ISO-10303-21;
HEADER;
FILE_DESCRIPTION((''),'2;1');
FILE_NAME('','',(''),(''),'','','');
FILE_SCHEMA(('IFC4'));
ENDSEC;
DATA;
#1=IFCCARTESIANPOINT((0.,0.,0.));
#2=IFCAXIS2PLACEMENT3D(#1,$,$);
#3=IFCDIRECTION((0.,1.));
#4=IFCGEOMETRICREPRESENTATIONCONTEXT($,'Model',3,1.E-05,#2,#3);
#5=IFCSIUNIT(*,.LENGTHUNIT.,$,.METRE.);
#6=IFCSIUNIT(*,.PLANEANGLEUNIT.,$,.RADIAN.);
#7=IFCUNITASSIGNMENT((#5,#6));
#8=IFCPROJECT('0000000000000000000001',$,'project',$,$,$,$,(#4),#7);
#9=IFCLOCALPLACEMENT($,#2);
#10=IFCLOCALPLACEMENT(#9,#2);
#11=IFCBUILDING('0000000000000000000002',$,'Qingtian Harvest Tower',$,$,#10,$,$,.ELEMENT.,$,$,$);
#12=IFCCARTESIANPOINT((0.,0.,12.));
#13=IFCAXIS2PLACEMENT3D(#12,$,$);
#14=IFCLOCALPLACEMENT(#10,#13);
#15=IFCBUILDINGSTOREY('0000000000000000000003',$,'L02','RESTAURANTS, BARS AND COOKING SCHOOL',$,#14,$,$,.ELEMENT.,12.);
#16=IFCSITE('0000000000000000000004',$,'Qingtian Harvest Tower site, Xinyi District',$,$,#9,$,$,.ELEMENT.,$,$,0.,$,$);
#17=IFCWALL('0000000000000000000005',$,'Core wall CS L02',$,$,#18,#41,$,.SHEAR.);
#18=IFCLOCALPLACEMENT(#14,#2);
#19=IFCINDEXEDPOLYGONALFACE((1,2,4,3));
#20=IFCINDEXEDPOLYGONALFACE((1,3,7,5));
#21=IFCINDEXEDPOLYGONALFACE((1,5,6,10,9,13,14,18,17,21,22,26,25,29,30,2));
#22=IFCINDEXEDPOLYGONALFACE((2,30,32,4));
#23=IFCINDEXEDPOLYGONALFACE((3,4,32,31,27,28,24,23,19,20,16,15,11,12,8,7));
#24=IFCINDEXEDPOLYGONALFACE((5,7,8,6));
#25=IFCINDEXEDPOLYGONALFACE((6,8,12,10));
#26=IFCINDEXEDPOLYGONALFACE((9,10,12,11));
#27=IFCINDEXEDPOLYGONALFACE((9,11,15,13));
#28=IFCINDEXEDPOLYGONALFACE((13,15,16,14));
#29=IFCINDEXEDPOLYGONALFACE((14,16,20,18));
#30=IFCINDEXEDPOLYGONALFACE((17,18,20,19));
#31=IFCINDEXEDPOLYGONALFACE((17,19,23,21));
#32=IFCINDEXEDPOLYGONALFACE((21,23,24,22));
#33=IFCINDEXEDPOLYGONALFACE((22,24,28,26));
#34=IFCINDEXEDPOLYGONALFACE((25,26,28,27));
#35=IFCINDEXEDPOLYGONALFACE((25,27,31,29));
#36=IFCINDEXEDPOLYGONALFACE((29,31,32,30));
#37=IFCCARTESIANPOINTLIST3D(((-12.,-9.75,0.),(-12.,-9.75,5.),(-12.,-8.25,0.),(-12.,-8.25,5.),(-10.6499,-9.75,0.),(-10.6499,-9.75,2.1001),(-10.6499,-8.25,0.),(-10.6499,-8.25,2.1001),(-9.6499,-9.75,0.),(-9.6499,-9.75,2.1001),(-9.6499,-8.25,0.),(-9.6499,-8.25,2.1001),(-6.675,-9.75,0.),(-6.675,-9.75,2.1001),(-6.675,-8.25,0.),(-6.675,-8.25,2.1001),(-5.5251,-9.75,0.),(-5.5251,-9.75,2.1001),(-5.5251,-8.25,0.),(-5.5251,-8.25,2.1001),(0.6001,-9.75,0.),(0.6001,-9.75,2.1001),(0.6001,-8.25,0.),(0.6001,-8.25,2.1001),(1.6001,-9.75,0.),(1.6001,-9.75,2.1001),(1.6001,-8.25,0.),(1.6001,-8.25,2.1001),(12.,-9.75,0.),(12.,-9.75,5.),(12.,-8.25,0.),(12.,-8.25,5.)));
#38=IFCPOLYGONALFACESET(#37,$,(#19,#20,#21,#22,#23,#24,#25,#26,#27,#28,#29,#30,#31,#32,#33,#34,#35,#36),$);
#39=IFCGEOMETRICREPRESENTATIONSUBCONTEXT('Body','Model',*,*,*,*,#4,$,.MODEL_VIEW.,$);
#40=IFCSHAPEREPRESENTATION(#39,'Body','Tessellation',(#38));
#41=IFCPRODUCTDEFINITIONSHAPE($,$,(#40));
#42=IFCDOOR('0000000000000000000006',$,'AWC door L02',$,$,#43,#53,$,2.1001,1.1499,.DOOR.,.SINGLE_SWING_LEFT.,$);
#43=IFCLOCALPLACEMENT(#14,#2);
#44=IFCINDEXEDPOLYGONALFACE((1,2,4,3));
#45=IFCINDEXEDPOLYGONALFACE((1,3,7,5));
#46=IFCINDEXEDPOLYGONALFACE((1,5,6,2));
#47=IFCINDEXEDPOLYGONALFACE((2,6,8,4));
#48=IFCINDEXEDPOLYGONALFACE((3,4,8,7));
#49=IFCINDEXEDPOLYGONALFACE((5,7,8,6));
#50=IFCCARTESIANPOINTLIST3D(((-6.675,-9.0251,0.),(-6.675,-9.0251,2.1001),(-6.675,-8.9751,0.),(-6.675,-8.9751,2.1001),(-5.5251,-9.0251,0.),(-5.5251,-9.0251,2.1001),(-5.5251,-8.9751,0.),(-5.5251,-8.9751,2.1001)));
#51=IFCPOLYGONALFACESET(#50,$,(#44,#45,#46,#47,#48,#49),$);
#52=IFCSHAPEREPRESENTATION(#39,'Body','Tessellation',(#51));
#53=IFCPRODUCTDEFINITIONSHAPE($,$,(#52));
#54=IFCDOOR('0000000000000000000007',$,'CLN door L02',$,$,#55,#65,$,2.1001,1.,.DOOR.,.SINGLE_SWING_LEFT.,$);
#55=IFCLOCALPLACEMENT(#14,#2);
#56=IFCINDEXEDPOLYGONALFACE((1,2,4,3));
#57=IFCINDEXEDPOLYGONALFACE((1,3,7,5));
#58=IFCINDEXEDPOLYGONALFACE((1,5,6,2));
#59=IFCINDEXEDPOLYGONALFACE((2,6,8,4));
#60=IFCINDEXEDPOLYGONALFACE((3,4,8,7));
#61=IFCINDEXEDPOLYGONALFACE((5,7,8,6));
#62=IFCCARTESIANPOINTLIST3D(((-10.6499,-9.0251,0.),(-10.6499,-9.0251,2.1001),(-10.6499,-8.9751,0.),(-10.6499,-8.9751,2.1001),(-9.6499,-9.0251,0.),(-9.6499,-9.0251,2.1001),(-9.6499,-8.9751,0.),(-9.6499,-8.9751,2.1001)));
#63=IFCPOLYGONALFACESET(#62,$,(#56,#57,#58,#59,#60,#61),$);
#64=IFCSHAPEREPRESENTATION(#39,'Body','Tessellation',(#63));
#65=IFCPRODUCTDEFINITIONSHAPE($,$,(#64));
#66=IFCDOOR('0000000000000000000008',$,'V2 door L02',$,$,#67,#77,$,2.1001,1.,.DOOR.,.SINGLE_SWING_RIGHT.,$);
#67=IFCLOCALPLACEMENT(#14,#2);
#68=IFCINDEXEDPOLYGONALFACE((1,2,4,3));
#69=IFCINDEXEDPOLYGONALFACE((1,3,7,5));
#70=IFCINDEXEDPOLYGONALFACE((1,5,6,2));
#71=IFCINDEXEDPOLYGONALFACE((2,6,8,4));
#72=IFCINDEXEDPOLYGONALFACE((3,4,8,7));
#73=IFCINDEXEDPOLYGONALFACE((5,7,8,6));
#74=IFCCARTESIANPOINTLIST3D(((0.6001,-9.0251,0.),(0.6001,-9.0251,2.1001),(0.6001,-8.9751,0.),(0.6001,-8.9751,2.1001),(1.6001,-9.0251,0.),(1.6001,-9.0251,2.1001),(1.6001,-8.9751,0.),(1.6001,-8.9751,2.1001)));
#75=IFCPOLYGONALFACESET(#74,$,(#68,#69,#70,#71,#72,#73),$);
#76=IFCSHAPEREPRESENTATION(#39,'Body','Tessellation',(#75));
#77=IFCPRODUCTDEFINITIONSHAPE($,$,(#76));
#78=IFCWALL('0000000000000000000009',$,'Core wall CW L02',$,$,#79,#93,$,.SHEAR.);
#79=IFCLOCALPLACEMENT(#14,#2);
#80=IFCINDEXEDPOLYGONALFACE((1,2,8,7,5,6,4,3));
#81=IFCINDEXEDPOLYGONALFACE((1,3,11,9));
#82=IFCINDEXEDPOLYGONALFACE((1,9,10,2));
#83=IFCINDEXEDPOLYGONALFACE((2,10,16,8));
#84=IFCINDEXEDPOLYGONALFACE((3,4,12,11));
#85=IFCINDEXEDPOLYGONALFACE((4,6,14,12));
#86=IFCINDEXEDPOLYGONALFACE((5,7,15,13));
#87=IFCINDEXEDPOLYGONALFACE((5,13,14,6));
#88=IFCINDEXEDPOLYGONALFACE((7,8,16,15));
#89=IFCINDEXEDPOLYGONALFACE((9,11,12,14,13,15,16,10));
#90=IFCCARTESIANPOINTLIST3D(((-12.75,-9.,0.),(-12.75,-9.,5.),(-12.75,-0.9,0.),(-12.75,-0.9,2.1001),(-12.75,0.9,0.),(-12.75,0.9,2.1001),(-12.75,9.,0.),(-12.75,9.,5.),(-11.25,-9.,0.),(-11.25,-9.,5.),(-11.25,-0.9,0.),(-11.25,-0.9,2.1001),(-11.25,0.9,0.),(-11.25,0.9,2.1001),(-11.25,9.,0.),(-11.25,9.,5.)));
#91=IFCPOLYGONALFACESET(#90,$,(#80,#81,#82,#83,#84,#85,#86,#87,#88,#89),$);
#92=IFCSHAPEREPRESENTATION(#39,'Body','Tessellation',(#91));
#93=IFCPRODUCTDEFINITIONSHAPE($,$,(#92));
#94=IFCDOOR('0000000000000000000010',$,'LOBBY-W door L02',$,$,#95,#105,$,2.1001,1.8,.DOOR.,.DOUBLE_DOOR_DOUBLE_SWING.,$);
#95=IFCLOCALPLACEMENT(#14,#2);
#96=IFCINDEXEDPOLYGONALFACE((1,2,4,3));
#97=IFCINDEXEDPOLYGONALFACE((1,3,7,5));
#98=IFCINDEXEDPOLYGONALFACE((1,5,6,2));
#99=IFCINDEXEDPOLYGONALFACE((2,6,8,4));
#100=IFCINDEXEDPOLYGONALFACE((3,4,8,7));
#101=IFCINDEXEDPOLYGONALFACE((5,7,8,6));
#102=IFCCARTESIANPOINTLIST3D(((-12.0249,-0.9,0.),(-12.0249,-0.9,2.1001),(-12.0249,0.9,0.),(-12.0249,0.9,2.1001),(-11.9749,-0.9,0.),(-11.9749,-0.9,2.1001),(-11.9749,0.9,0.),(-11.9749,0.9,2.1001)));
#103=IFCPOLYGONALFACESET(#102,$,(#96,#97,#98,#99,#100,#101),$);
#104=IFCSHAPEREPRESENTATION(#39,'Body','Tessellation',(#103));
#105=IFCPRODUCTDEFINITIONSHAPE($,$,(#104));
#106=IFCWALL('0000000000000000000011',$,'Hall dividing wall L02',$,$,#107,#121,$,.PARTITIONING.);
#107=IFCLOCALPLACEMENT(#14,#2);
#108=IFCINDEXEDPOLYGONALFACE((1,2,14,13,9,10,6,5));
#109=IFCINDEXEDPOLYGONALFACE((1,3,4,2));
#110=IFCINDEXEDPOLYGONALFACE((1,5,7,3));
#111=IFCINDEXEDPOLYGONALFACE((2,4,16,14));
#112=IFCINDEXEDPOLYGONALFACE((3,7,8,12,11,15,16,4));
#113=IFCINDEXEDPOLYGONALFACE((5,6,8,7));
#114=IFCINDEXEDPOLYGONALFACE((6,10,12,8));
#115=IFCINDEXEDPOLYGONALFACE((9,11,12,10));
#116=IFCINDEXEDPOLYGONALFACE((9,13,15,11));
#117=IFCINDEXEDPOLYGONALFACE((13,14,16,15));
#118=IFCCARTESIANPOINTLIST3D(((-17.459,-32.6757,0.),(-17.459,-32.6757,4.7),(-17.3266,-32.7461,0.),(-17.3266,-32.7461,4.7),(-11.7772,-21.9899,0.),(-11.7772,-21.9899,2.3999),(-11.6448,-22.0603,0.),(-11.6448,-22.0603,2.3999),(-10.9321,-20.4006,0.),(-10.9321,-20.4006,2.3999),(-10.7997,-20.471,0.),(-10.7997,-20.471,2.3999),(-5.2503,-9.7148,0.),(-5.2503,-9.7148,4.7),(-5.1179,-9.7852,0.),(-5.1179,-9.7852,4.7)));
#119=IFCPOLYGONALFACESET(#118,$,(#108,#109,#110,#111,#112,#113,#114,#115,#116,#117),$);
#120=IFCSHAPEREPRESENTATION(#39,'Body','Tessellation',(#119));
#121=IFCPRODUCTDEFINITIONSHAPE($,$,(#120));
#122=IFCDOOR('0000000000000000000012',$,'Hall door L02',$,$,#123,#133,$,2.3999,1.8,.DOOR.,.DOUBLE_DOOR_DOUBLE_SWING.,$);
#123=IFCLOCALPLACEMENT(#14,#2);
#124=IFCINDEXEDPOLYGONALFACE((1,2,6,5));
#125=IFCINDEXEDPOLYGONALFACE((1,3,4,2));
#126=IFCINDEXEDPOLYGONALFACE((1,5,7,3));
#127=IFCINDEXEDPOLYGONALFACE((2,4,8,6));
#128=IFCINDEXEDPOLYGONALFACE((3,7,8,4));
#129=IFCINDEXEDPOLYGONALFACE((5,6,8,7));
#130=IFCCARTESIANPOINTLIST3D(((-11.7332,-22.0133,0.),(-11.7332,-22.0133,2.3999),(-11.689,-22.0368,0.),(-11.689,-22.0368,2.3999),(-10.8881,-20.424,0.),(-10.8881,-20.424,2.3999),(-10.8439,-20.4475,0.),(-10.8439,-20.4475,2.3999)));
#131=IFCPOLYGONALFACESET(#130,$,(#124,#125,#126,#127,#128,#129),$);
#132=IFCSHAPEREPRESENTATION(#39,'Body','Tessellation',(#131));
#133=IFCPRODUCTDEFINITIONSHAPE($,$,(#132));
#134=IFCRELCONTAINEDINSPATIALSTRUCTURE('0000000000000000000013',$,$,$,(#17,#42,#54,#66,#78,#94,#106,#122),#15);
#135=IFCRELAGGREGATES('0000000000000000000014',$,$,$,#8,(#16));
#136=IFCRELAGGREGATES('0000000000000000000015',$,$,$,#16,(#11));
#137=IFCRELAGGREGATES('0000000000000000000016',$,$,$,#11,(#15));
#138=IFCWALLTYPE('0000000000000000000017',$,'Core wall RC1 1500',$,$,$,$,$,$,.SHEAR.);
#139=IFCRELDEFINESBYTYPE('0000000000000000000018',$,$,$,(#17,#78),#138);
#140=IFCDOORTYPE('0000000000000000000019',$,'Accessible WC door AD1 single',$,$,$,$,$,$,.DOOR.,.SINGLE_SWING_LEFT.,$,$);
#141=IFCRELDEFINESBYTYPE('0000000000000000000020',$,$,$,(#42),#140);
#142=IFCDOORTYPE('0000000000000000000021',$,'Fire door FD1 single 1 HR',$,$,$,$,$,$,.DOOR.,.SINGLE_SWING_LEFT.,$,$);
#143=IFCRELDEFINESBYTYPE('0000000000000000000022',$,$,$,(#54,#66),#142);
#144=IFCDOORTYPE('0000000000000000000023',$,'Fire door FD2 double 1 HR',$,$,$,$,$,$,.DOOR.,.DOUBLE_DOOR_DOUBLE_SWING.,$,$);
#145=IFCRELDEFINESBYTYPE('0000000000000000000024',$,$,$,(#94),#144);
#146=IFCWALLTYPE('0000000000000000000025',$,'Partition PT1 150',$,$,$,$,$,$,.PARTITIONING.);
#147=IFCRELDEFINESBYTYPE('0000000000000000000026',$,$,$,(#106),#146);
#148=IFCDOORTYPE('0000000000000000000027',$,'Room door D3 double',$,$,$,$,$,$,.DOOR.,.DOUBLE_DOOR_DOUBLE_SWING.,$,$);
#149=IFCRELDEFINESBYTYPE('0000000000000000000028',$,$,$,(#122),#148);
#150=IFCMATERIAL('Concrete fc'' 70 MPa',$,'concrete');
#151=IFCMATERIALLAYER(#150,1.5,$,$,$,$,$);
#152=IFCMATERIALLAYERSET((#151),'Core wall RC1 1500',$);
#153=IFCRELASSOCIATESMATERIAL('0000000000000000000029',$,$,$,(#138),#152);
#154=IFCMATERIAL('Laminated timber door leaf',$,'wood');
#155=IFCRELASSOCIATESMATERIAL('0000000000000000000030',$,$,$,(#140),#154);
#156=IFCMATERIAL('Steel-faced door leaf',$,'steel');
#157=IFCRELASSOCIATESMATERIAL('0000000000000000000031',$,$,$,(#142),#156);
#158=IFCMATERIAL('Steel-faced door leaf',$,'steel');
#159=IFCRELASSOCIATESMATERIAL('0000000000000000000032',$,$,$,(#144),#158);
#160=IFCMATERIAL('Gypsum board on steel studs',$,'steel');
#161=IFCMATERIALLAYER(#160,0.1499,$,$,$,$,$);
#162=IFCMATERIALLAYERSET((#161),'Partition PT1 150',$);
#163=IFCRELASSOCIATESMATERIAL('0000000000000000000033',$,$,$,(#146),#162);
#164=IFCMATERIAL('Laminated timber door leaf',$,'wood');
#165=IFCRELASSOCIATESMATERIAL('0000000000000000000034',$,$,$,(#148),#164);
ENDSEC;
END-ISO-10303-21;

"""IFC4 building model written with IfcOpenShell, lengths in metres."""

from ifc_helpers import new_model, si_unit, direction, frame, frame_2d, origin, place, context, subcontext, project, spatial, rectangle, extrude, material, layer, layer_set, type_object, element, fill, save


model = new_model("IFC4")

# Units and contexts
model_context = context("Model", 3, precision=1e-05, world=origin(), true_north=direction((0.0, 1.0)))
body_context = subcontext(model_context, "Body", "Model", "MODEL_VIEW")
ifc_project = project(units=[si_unit("LENGTHUNIT", "METRE"), si_unit("PLANEANGLEUNIT", "RADIAN")], contexts=[model_context])

# Site, building, storey
site_placement = place(None, origin())
site = spatial("IfcSite", under=ifc_project, at=site_placement, Name="Qingtian Harvest Tower site, Xinyi District", CompositionType="ELEMENT", RefElevation=0.0)
building_placement = place(site_placement, origin())
building = spatial("IfcBuilding", under=site, at=building_placement, Name="Qingtian Harvest Tower", CompositionType="ELEMENT")
storey_placement = place(building_placement, frame((0.0, 0.0, 12.0)))
storey = spatial("IfcBuildingStorey", under=building, at=storey_placement, Name="L02", Description="RESTAURANTS, BARS AND COOKING SCHOOL", CompositionType="ELEMENT", Elevation=12.0)

# Wall, openings, doors
ifc_material_1 = material(Name="Concrete fc' 70 MPa", Category="concrete")
ifc_layer_1 = layer(ifc_material_1, 1.5)
ifc_layer_set_1 = layer_set([ifc_layer_1], Name="Core wall RC1 1500")
wall_type_1 = type_object("IfcWallType", Name="Core wall RC1 1500", PredefinedType="SHEAR", material=ifc_layer_set_1)
wall_1_placement = place(storey_placement, frame((-12.0, -9.0, 0.0), z_axis=(0.0, 0.0, 1.0), x_axis=(1.0, 0.0, 0.0)))
wall_1 = element("IfcWall", 1, at=wall_1_placement, inside=storey, type_object=wall_type_1, Name="Core wall CS L02", PredefinedType="SHEAR", context=body_context, shape_type="SweptSolid", body=[
    extrude(rectangle(XDim=24.0, YDim=1.5, at=frame_2d((12.0, 0.0))), origin(), (0.0, 0.0, 1.0), 5.0),
])
opening_1_placement = place(wall_1_placement, frame((1.3501, 0.0, 0.0)))
opening_1 = element("IfcOpeningElement", 2, at=opening_1_placement, cuts=wall_1, PredefinedType="OPENING", context=body_context, shape_type="SweptSolid", body=[
    extrude(rectangle(XDim=1.0, YDim=2.1001, at=frame_2d((0.5, 1.05))), frame((0.0, 0.76, 0.0), z_axis=(0.0, -1.0, 0.0), x_axis=(1.0, 0.0, 0.0)), (0.0, 0.0, 1.0), 1.52),
])
opening_2_placement = place(wall_1_placement, frame((5.325, 0.0, 0.0)))
opening_2 = element("IfcOpeningElement", 3, at=opening_2_placement, cuts=wall_1, PredefinedType="OPENING", context=body_context, shape_type="SweptSolid", body=[
    extrude(rectangle(XDim=1.1499, YDim=2.1001, at=frame_2d((0.575, 1.05))), frame((0.0, 0.76, 0.0), z_axis=(0.0, -1.0, 0.0), x_axis=(1.0, 0.0, 0.0)), (0.0, 0.0, 1.0), 1.52),
])
opening_3_placement = place(wall_1_placement, frame((12.6001, 0.0, 0.0)))
opening_3 = element("IfcOpeningElement", 4, at=opening_3_placement, cuts=wall_1, PredefinedType="OPENING", context=body_context, shape_type="SweptSolid", body=[
    extrude(rectangle(XDim=1.0, YDim=2.1001, at=frame_2d((0.5, 1.05))), frame((0.0, 0.76, 0.0), z_axis=(0.0, -1.0, 0.0), x_axis=(1.0, 0.0, 0.0)), (0.0, 0.0, 1.0), 1.52),
])
ifc_material_2 = material(Name="Laminated timber door leaf", Category="wood")
door_type_1 = type_object("IfcDoorType", Name="Accessible WC door AD1 single", OperationType="SINGLE_SWING_LEFT", PredefinedType="DOOR", material=ifc_material_2)
door_1_placement = place(opening_2_placement, origin())
door_1 = element("IfcDoor", 5, at=door_1_placement, inside=storey, type_object=door_type_1, Name="AWC door L02", OperationType="SINGLE_SWING_LEFT", OverallHeight=2.1001, OverallWidth=1.1499, PredefinedType="DOOR", context=body_context, shape_type="SweptSolid", body=[
    extrude(rectangle(XDim=1.1499, YDim=2.1001, at=frame_2d((0.575, 1.05))), frame((0.0, 0.0249, 0.0), z_axis=(0.0, -1.0, 0.0), x_axis=(1.0, 0.0, 0.0)), (0.0, 0.0, 1.0), 0.05),
])
fill(opening_2, door_1)
ifc_material_3 = material(Name="Steel-faced door leaf", Category="steel")
door_type_2 = type_object("IfcDoorType", Name="Fire door FD1 single 1 HR", OperationType="SINGLE_SWING_LEFT", PredefinedType="DOOR", material=ifc_material_3)
door_2_placement = place(opening_1_placement, origin())
door_2 = element("IfcDoor", 6, at=door_2_placement, inside=storey, type_object=door_type_2, Name="CLN door L02", OperationType="SINGLE_SWING_LEFT", OverallHeight=2.1001, OverallWidth=1.0, PredefinedType="DOOR", context=body_context, shape_type="SweptSolid", body=[
    extrude(rectangle(XDim=1.0, YDim=2.1001, at=frame_2d((0.5, 1.05))), frame((0.0, 0.0249, 0.0), z_axis=(0.0, -1.0, 0.0), x_axis=(1.0, 0.0, 0.0)), (0.0, 0.0, 1.0), 0.05),
])
fill(opening_1, door_2)
door_3_placement = place(opening_3_placement, origin())
door_3 = element("IfcDoor", 7, at=door_3_placement, inside=storey, type_object=door_type_2, Name="V2 door L02", OperationType="SINGLE_SWING_RIGHT", OverallHeight=2.1001, OverallWidth=1.0, PredefinedType="DOOR", context=body_context, shape_type="SweptSolid", body=[
    extrude(rectangle(XDim=1.0, YDim=2.1001, at=frame_2d((0.5, 1.05))), frame((0.0, 0.0249, 0.0), z_axis=(0.0, -1.0, 0.0), x_axis=(1.0, 0.0, 0.0)), (0.0, 0.0, 1.0), 0.05),
])
fill(opening_3, door_3)

# Walls, openings, doors
wall_2_placement = place(storey_placement, frame((-12.0, -9.0, 0.0), z_axis=(0.0, 0.0, 1.0), x_axis=(0.0, 1.0, 0.0)))
wall_2 = element("IfcWall", 8, at=wall_2_placement, inside=storey, type_object=wall_type_1, Name="Core wall CW L02", PredefinedType="SHEAR", context=body_context, shape_type="SweptSolid", body=[
    extrude(rectangle(XDim=18.0, YDim=1.5, at=frame_2d((9.0, 0.0))), origin(), (0.0, 0.0, 1.0), 5.0),
])
opening_4_placement = place(wall_2_placement, frame((8.1001, 0.0, 0.0)))
opening_4 = element("IfcOpeningElement", 9, at=opening_4_placement, cuts=wall_2, PredefinedType="OPENING", context=body_context, shape_type="SweptSolid", body=[
    extrude(rectangle(XDim=1.8, YDim=2.1001, at=frame_2d((0.8999, 1.05))), frame((0.0, 0.76, 0.0), z_axis=(0.0, -1.0, 0.0), x_axis=(1.0, 0.0, 0.0)), (0.0, 0.0, 1.0), 1.52),
])
ifc_material_4 = material(Name="Steel-faced door leaf", Category="steel")
door_type_3 = type_object("IfcDoorType", Name="Fire door FD2 double 1 HR", OperationType="DOUBLE_DOOR_DOUBLE_SWING", PredefinedType="DOOR", material=ifc_material_4)
door_4_placement = place(opening_4_placement, origin())
door_4 = element("IfcDoor", 10, at=door_4_placement, inside=storey, type_object=door_type_3, Name="LOBBY-W door L02", OperationType="DOUBLE_DOOR_DOUBLE_SWING", OverallHeight=2.1001, OverallWidth=1.8, PredefinedType="DOOR", context=body_context, shape_type="SweptSolid", body=[
    extrude(rectangle(XDim=1.8, YDim=2.1001, at=frame_2d((0.8999, 1.05))), frame((0.0, 0.0249, 0.0), z_axis=(0.0, -1.0, 0.0), x_axis=(1.0, 0.0, 0.0)), (0.0, 0.0, 1.0), 0.05),
])
fill(opening_4, door_4)
ifc_material_5 = material(Name="Gypsum board on steel studs", Category="steel")
ifc_layer_2 = layer(ifc_material_5, 0.1499)
ifc_layer_set_2 = layer_set([ifc_layer_2], Name="Partition PT1 150")
wall_type_2 = type_object("IfcWallType", Name="Partition PT1 150", PredefinedType="PARTITIONING", material=ifc_layer_set_2)
wall_3_placement = place(storey_placement, frame((-5.1841, -9.75, 0.0), z_axis=(0.0, 0.0, 1.0), x_axis=(-0.469477, -0.882945, 0.0)))
wall_3 = element("IfcWall", 11, at=wall_3_placement, inside=storey, type_object=wall_type_2, Name="Hall dividing wall L02", PredefinedType="PARTITIONING", context=body_context, shape_type="SweptSolid", body=[
    extrude(rectangle(XDim=26.0049, YDim=0.1499, at=frame_2d((13.0024, 0.0))), origin(), (0.0, 0.0, 1.0), 4.7),
])
opening_5_placement = place(wall_3_placement, frame((12.1025, 0.0, 0.0)))
opening_5 = element("IfcOpeningElement", 12, at=opening_5_placement, cuts=wall_3, PredefinedType="OPENING", context=body_context, shape_type="SweptSolid", body=[
    extrude(rectangle(XDim=1.8, YDim=2.3999, at=frame_2d((0.8999, 1.2))), frame((0.0, 0.085, 0.0), z_axis=(0.0, -1.0, 0.0), x_axis=(1.0, 0.0, 0.0)), (0.0, 0.0, 1.0), 0.1699),
])
ifc_material_6 = material(Name="Laminated timber door leaf", Category="wood")
door_type_4 = type_object("IfcDoorType", Name="Room door D3 double", OperationType="DOUBLE_DOOR_DOUBLE_SWING", PredefinedType="DOOR", material=ifc_material_6)
door_5_placement = place(opening_5_placement, origin())
door_5 = element("IfcDoor", 13, at=door_5_placement, inside=storey, type_object=door_type_4, Name="Hall door L02", OperationType="DOUBLE_DOOR_DOUBLE_SWING", OverallHeight=2.3999, OverallWidth=1.8, PredefinedType="DOOR", context=body_context, shape_type="SweptSolid", body=[
    extrude(rectangle(XDim=1.8, YDim=2.3999, at=frame_2d((0.8999, 1.2))), frame((0.0, 0.0249, 0.0), z_axis=(0.0, -1.0, 0.0), x_axis=(1.0, 0.0, 0.0)), (0.0, 0.0, 1.0), 0.05),
])
fill(opening_5, door_5)

save(model, "model.ifc")
